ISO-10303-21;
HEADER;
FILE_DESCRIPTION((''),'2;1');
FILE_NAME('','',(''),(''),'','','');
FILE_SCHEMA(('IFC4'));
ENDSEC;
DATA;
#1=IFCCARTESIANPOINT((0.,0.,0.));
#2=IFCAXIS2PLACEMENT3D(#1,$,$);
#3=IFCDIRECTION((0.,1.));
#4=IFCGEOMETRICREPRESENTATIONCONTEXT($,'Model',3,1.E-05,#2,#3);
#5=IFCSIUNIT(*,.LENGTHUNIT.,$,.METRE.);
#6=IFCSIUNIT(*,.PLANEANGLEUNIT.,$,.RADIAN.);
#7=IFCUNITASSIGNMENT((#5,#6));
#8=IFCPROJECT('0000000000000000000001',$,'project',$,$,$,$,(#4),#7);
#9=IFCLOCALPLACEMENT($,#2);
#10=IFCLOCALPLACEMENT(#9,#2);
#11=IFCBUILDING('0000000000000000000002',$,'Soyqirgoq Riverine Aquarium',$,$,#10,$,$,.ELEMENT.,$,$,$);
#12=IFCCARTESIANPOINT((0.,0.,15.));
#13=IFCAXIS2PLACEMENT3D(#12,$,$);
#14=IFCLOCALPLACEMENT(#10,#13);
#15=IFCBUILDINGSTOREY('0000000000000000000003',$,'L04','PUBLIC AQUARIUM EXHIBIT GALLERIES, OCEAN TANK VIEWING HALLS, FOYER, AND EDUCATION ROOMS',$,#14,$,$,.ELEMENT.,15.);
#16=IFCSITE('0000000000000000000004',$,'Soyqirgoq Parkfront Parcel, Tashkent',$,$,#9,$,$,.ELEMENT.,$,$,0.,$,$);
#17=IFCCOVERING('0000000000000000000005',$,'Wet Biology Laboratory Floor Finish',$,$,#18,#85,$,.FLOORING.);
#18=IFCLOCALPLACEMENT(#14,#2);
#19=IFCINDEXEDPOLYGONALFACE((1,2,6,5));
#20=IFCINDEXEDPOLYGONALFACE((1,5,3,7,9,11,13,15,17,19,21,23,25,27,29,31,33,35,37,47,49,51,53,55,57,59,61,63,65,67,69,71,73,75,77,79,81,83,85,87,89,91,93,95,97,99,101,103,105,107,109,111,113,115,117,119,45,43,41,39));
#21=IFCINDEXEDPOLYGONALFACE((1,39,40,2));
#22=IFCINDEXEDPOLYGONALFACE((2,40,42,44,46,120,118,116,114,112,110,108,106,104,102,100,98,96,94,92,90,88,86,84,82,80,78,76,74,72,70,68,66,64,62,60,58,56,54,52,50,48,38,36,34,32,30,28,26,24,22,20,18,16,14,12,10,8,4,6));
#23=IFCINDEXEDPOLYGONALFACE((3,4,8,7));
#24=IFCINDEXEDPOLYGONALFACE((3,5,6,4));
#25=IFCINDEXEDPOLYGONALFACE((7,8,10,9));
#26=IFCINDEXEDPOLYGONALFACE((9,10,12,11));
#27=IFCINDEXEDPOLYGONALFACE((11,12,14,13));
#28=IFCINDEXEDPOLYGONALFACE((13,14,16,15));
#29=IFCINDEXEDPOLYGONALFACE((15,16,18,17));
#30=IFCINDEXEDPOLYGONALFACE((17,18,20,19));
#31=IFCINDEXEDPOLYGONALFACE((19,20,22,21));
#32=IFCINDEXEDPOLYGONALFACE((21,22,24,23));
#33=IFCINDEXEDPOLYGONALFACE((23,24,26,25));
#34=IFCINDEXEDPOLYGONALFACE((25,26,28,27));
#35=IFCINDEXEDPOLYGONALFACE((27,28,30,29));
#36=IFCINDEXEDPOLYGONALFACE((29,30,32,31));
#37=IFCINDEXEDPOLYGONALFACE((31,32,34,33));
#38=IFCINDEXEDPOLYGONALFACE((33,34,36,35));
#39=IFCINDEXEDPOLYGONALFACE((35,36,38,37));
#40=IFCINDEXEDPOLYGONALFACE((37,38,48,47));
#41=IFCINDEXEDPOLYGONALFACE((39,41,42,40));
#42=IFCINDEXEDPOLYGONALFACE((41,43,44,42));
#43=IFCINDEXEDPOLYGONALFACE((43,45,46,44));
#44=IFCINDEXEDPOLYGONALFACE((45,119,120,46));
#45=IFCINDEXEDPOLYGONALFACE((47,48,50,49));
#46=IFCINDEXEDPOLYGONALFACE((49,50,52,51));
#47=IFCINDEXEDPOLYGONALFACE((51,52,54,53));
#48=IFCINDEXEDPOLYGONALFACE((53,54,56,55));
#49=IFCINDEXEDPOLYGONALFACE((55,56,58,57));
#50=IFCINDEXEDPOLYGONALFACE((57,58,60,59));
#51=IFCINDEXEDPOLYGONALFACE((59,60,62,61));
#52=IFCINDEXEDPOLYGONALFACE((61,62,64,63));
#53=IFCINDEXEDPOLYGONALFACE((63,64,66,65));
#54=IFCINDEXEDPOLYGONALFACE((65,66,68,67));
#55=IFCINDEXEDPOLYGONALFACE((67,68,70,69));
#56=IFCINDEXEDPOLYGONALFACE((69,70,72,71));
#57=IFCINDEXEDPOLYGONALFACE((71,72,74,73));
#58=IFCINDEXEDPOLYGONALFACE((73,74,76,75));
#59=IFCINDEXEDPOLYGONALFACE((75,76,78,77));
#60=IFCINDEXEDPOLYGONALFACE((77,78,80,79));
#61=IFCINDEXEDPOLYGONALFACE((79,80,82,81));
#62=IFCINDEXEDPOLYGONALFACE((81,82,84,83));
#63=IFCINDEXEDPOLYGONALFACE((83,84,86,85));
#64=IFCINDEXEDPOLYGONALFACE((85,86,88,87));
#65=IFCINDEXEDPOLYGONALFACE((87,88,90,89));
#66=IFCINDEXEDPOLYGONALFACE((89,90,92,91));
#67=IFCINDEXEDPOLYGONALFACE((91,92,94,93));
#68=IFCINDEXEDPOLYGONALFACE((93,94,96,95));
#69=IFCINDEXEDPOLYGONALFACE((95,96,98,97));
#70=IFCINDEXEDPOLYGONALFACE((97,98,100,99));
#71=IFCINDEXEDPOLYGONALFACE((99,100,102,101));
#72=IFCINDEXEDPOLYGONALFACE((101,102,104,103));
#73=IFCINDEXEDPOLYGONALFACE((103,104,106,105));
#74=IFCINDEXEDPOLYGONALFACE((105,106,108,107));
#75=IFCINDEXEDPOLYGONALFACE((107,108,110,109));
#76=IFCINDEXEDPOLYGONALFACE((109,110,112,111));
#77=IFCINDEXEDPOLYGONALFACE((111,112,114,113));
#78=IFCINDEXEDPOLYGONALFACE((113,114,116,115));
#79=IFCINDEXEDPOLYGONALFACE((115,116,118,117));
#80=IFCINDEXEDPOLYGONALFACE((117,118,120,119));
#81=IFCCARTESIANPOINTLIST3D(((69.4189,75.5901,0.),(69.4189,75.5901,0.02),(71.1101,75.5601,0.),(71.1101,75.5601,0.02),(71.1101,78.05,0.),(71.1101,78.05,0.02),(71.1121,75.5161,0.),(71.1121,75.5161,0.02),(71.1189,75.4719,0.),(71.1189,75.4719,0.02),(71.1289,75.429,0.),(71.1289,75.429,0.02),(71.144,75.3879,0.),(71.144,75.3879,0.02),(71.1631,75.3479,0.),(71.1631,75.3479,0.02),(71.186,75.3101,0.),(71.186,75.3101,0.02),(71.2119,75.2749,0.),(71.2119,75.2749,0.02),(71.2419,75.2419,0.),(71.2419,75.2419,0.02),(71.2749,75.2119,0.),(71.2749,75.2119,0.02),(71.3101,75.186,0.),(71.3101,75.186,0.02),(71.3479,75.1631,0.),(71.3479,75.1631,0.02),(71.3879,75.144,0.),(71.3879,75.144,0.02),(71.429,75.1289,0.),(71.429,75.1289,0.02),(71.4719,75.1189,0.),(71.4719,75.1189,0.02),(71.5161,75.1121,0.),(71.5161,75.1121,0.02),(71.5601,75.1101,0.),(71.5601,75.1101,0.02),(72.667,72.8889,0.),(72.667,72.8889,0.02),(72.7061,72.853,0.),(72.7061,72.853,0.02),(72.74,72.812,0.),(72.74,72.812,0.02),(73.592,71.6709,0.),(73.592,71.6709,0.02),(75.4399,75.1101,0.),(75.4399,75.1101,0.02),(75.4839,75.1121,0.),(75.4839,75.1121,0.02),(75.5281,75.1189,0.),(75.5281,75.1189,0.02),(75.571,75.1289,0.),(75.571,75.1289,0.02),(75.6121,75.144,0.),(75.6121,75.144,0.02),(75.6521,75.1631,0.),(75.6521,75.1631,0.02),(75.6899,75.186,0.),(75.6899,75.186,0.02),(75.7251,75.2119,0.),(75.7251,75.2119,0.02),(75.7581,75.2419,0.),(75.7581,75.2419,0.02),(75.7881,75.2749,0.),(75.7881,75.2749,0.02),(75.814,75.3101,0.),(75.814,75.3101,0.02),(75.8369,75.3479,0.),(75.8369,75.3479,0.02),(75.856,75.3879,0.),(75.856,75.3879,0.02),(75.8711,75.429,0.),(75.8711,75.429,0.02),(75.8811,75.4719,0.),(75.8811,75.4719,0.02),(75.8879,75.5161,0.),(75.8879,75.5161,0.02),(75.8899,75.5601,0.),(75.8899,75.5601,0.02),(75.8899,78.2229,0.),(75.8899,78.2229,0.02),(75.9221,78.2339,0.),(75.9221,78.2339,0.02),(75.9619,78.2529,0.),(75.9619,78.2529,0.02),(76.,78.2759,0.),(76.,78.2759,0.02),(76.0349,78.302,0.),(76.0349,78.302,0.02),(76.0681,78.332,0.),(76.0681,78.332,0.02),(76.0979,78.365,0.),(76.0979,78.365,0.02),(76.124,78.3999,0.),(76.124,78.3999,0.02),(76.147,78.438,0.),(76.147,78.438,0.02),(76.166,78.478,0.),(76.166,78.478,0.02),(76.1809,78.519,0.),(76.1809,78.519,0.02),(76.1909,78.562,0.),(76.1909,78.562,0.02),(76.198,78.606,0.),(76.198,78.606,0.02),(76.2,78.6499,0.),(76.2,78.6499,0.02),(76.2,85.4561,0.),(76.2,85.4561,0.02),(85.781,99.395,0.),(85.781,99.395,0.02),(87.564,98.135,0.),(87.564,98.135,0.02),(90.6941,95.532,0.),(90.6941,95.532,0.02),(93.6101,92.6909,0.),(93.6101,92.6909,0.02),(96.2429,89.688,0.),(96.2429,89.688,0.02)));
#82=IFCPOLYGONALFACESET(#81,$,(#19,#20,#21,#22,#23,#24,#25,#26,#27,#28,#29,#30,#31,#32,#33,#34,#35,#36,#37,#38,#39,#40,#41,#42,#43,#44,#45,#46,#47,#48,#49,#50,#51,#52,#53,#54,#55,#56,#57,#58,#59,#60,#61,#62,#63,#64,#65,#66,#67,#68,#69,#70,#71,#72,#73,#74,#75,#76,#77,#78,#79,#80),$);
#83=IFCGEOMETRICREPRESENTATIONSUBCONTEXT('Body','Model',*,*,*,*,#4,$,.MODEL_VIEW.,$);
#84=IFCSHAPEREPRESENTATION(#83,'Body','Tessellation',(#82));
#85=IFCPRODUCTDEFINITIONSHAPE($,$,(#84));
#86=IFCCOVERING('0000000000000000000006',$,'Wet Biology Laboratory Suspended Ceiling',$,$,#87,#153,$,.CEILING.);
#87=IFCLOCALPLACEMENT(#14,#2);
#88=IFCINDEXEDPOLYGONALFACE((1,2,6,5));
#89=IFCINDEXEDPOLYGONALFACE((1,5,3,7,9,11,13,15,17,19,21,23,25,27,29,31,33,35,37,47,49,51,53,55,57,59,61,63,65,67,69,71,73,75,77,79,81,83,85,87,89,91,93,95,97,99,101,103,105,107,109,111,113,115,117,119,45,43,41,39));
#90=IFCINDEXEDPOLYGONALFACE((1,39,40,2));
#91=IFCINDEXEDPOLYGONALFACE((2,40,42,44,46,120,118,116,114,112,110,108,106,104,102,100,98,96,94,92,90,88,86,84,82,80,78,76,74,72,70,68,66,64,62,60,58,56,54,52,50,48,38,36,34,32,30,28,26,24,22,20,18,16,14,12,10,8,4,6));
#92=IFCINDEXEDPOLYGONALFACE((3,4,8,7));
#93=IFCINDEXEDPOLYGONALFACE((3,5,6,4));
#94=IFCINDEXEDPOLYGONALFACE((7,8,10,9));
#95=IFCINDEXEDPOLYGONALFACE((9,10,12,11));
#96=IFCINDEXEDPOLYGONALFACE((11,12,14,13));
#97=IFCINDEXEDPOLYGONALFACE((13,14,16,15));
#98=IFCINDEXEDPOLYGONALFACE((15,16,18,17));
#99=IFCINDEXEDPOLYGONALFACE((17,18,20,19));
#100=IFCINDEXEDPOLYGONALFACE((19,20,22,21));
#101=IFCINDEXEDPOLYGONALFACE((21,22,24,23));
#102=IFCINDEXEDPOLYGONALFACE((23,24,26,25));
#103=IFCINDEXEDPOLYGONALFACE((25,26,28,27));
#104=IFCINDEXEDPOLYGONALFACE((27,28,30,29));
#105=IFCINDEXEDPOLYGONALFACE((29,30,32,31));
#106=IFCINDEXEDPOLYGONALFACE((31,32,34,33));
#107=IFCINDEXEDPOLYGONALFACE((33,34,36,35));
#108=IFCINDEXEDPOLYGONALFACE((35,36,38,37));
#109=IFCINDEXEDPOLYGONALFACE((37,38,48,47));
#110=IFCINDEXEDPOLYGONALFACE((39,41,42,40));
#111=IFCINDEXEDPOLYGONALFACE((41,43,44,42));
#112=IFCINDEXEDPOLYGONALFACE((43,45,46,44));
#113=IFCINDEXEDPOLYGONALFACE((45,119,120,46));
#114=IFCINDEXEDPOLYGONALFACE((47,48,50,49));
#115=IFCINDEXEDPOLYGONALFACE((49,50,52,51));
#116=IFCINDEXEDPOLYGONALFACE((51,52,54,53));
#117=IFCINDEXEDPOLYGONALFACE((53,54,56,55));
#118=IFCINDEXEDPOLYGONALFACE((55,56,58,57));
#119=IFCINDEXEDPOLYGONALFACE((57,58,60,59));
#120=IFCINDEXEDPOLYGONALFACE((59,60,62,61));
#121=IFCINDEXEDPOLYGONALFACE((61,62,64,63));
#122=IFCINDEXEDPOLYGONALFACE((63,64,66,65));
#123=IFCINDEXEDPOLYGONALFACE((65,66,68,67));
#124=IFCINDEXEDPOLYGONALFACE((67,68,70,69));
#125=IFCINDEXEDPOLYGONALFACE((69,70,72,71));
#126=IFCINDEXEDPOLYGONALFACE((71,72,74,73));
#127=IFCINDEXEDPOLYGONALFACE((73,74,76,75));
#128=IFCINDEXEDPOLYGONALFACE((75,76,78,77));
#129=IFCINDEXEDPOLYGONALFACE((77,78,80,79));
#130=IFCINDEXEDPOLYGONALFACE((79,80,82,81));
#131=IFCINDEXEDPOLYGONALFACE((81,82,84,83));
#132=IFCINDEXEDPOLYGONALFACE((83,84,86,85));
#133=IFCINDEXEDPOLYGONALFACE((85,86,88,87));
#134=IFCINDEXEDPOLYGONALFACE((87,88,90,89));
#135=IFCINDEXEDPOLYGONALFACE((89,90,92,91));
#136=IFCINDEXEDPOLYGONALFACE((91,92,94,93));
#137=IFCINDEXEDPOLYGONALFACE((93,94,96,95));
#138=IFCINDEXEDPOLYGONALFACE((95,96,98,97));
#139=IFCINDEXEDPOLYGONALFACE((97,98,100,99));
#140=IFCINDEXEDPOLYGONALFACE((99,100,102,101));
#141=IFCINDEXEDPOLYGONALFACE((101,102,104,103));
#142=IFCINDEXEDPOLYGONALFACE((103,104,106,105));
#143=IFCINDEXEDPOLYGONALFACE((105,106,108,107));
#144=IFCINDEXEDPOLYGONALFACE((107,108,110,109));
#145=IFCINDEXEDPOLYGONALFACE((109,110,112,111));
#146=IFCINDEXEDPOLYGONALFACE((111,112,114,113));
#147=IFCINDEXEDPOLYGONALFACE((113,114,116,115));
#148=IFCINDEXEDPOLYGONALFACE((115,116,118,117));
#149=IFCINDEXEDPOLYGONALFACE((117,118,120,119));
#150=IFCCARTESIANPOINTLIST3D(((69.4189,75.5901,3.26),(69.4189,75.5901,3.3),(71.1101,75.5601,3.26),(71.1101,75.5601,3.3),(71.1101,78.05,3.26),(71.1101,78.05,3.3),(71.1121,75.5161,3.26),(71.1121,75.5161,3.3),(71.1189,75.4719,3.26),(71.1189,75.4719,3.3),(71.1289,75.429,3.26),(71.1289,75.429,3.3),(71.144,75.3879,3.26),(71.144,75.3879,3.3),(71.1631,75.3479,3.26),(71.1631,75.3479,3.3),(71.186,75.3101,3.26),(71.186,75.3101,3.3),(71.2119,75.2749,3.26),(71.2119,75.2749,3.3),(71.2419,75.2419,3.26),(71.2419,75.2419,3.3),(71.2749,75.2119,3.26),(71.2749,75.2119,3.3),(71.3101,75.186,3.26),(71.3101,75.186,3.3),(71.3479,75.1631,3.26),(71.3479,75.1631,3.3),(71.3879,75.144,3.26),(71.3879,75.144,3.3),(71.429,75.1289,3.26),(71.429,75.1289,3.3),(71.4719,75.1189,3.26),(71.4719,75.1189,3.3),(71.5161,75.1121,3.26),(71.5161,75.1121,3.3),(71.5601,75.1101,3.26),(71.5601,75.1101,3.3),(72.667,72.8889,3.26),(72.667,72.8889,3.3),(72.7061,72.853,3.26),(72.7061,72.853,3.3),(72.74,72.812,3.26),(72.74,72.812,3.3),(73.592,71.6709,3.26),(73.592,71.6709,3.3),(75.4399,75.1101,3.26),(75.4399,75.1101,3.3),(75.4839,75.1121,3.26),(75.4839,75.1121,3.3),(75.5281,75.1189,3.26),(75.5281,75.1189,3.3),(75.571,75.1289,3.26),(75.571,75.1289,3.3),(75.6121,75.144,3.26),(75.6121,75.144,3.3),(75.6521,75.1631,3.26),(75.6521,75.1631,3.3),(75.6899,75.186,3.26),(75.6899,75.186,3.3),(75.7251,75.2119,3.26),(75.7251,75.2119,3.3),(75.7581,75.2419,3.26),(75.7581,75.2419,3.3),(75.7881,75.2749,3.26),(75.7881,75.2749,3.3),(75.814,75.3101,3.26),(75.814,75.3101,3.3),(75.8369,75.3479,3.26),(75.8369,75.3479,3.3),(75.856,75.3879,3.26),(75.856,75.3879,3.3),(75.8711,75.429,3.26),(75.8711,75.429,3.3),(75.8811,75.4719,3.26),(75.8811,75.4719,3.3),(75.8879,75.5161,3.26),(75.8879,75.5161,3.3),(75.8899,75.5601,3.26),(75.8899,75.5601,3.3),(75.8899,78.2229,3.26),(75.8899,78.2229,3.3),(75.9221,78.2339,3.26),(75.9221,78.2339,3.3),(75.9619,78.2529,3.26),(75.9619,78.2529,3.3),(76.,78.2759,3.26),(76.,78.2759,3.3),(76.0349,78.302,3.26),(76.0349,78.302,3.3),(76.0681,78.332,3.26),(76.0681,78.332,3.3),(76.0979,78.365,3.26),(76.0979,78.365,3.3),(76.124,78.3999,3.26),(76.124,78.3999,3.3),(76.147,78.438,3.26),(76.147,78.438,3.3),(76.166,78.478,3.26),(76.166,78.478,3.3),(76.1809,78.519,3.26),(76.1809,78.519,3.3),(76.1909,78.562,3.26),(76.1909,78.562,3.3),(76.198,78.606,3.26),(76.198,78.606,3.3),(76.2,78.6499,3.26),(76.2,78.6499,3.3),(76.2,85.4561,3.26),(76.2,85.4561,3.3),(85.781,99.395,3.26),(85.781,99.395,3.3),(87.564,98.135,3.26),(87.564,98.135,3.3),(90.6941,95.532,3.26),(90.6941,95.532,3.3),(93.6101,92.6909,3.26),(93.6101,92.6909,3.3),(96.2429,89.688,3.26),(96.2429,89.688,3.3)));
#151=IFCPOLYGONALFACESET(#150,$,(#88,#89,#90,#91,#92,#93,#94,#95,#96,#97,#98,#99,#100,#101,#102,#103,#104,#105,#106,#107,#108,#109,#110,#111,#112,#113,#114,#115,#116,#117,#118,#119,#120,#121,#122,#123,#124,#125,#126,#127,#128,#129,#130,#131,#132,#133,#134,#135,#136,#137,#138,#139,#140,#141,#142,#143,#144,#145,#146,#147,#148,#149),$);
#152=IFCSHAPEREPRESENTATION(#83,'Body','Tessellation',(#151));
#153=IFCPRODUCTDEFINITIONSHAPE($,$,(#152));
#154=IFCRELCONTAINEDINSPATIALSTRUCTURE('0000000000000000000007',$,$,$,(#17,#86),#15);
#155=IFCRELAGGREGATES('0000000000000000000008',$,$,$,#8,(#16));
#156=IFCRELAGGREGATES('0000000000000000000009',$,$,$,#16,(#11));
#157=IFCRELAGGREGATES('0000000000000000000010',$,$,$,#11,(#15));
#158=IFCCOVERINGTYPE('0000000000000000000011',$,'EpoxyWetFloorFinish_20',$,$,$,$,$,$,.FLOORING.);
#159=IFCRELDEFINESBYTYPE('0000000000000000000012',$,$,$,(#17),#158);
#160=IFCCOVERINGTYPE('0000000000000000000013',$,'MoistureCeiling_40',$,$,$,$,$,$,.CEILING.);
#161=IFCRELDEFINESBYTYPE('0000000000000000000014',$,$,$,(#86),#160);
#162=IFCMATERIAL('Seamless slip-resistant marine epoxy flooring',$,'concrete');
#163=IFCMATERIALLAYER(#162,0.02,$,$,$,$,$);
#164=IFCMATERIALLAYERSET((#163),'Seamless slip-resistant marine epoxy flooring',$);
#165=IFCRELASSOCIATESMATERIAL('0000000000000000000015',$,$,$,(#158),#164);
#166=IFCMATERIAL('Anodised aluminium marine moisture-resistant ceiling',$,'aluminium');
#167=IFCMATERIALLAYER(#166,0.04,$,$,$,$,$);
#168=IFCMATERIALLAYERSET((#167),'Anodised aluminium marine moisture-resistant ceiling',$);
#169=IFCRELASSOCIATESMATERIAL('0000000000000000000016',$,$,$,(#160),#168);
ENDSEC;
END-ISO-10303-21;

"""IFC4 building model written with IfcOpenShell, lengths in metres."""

from ifc_helpers import new_model, si_unit, direction, frame, origin, place, context, subcontext, project, spatial, polyline, outline, extrude, material, layer, layer_set, type_object, element, save


model = new_model("IFC4")

# Units and contexts
model_context = context("Model", 3, precision=1e-05, world=origin(), true_north=direction((0.0, 1.0)))
body_context = subcontext(model_context, "Body", "Model", "MODEL_VIEW")
ifc_project = project(units=[si_unit("LENGTHUNIT", "METRE"), si_unit("PLANEANGLEUNIT", "RADIAN")], contexts=[model_context])

# Site, building, storey
site_placement = place(None, origin())
site = spatial("IfcSite", under=ifc_project, at=site_placement, Name="Soyqirgoq Parkfront Parcel, Tashkent", CompositionType="ELEMENT", RefElevation=0.0)
building_placement = place(site_placement, origin())
building = spatial("IfcBuilding", under=site, at=building_placement, Name="Soyqirgoq Riverine Aquarium", CompositionType="ELEMENT")
storey_placement = place(building_placement, frame((0.0, 0.0, 15.0)))
storey = spatial("IfcBuildingStorey", under=building, at=storey_placement, Name="L04", Description="PUBLIC AQUARIUM EXHIBIT GALLERIES, OCEAN TANK VIEWING HALLS, FOYER, AND EDUCATION ROOMS", CompositionType="ELEMENT", Elevation=15.0)

# Coverings
ifc_material_1 = material(Name="Seamless slip-resistant marine epoxy flooring", Category="concrete")
ifc_layer_1 = layer(ifc_material_1, 0.02)
ifc_layer_set_1 = layer_set([ifc_layer_1], Name="Seamless slip-resistant marine epoxy flooring")
covering_type_1 = type_object("IfcCoveringType", Name="EpoxyWetFloorFinish_20", PredefinedType="FLOORING", material=ifc_layer_set_1)
covering_1_placement = place(storey_placement, origin())
element("IfcCovering", 1, at=covering_1_placement, inside=storey, type_object=covering_type_1, Name="Wet Biology Laboratory Floor Finish", PredefinedType="FLOORING", context=body_context, shape_type="SweptSolid", body=[
    extrude(outline(polyline([(71.1101, 75.5601), (71.1121, 75.5161), (71.1189, 75.4719), (71.1289, 75.429), (71.144, 75.3879), (71.1631, 75.3479), (71.186, 75.3101), (71.2119, 75.2749), (71.2419, 75.2419), (71.2749, 75.2119), (71.3101, 75.186), (71.3479, 75.1631), (71.3879, 75.144), (71.429, 75.1289), (71.4719, 75.1189), (71.5161, 75.1121), (71.5601, 75.1101), (75.4399, 75.1101), (75.4839, 75.1121), (75.5281, 75.1189), (75.571, 75.1289), (75.6121, 75.144), (75.6521, 75.1631), (75.6899, 75.186), (75.7251, 75.2119), (75.7581, 75.2419), (75.7881, 75.2749), (75.814, 75.3101), (75.8369, 75.3479), (75.856, 75.3879), (75.8711, 75.429), (75.8811, 75.4719), (75.8879, 75.5161), (75.8899, 75.5601), (75.8899, 78.2229), (75.9221, 78.2339), (75.9619, 78.2529), (76.0, 78.2759), (76.0349, 78.302), (76.0681, 78.332), (76.0979, 78.365), (76.124, 78.3999), (76.147, 78.438), (76.166, 78.478), (76.1809, 78.519), (76.1909, 78.562), (76.198, 78.606), (76.2, 78.6499), (76.2, 85.4561), (85.781, 99.395), (87.564, 98.135), (90.6941, 95.532), (93.6101, 92.6909), (96.2429, 89.688), (73.592, 71.6709), (72.74, 72.812), (72.7061, 72.853), (72.667, 72.8889), (69.4189, 75.5901), (71.1101, 78.05), (71.1101, 75.5601)])), origin(), (0.0, 0.0, 1.0), 0.02),
])
ifc_material_2 = material(Name="Anodised aluminium marine moisture-resistant ceiling", Category="aluminium")
ifc_layer_2 = layer(ifc_material_2, 0.04)
ifc_layer_set_2 = layer_set([ifc_layer_2], Name="Anodised aluminium marine moisture-resistant ceiling")
covering_type_2 = type_object("IfcCoveringType", Name="MoistureCeiling_40", PredefinedType="CEILING", material=ifc_layer_set_2)
covering_2_placement = place(storey_placement, frame((0.0, 0.0, 3.26)))
element("IfcCovering", 2, at=covering_2_placement, inside=storey, type_object=covering_type_2, Name="Wet Biology Laboratory Suspended Ceiling", PredefinedType="CEILING", context=body_context, shape_type="SweptSolid", body=[
    extrude(outline(polyline([(71.1101, 75.5601), (71.1121, 75.5161), (71.1189, 75.4719), (71.1289, 75.429), (71.144, 75.3879), (71.1631, 75.3479), (71.186, 75.3101), (71.2119, 75.2749), (71.2419, 75.2419), (71.2749, 75.2119), (71.3101, 75.186), (71.3479, 75.1631), (71.3879, 75.144), (71.429, 75.1289), (71.4719, 75.1189), (71.5161, 75.1121), (71.5601, 75.1101), (75.4399, 75.1101), (75.4839, 75.1121), (75.5281, 75.1189), (75.571, 75.1289), (75.6121, 75.144), (75.6521, 75.1631), (75.6899, 75.186), (75.7251, 75.2119), (75.7581, 75.2419), (75.7881, 75.2749), (75.814, 75.3101), (75.8369, 75.3479), (75.856, 75.3879), (75.8711, 75.429), (75.8811, 75.4719), (75.8879, 75.5161), (75.8899, 75.5601), (75.8899, 78.2229), (75.9221, 78.2339), (75.9619, 78.2529), (76.0, 78.2759), (76.0349, 78.302), (76.0681, 78.332), (76.0979, 78.365), (76.124, 78.3999), (76.147, 78.438), (76.166, 78.478), (76.1809, 78.519), (76.1909, 78.562), (76.198, 78.606), (76.2, 78.6499), (76.2, 85.4561), (85.781, 99.395), (87.564, 98.135), (90.6941, 95.532), (93.6101, 92.6909), (96.2429, 89.688), (73.592, 71.6709), (72.74, 72.812), (72.7061, 72.853), (72.667, 72.8889), (69.4189, 75.5901), (71.1101, 78.05), (71.1101, 75.5601)])), origin(), (0.0, 0.0, 1.0), 0.04),
])

save(model, "model.ifc")
